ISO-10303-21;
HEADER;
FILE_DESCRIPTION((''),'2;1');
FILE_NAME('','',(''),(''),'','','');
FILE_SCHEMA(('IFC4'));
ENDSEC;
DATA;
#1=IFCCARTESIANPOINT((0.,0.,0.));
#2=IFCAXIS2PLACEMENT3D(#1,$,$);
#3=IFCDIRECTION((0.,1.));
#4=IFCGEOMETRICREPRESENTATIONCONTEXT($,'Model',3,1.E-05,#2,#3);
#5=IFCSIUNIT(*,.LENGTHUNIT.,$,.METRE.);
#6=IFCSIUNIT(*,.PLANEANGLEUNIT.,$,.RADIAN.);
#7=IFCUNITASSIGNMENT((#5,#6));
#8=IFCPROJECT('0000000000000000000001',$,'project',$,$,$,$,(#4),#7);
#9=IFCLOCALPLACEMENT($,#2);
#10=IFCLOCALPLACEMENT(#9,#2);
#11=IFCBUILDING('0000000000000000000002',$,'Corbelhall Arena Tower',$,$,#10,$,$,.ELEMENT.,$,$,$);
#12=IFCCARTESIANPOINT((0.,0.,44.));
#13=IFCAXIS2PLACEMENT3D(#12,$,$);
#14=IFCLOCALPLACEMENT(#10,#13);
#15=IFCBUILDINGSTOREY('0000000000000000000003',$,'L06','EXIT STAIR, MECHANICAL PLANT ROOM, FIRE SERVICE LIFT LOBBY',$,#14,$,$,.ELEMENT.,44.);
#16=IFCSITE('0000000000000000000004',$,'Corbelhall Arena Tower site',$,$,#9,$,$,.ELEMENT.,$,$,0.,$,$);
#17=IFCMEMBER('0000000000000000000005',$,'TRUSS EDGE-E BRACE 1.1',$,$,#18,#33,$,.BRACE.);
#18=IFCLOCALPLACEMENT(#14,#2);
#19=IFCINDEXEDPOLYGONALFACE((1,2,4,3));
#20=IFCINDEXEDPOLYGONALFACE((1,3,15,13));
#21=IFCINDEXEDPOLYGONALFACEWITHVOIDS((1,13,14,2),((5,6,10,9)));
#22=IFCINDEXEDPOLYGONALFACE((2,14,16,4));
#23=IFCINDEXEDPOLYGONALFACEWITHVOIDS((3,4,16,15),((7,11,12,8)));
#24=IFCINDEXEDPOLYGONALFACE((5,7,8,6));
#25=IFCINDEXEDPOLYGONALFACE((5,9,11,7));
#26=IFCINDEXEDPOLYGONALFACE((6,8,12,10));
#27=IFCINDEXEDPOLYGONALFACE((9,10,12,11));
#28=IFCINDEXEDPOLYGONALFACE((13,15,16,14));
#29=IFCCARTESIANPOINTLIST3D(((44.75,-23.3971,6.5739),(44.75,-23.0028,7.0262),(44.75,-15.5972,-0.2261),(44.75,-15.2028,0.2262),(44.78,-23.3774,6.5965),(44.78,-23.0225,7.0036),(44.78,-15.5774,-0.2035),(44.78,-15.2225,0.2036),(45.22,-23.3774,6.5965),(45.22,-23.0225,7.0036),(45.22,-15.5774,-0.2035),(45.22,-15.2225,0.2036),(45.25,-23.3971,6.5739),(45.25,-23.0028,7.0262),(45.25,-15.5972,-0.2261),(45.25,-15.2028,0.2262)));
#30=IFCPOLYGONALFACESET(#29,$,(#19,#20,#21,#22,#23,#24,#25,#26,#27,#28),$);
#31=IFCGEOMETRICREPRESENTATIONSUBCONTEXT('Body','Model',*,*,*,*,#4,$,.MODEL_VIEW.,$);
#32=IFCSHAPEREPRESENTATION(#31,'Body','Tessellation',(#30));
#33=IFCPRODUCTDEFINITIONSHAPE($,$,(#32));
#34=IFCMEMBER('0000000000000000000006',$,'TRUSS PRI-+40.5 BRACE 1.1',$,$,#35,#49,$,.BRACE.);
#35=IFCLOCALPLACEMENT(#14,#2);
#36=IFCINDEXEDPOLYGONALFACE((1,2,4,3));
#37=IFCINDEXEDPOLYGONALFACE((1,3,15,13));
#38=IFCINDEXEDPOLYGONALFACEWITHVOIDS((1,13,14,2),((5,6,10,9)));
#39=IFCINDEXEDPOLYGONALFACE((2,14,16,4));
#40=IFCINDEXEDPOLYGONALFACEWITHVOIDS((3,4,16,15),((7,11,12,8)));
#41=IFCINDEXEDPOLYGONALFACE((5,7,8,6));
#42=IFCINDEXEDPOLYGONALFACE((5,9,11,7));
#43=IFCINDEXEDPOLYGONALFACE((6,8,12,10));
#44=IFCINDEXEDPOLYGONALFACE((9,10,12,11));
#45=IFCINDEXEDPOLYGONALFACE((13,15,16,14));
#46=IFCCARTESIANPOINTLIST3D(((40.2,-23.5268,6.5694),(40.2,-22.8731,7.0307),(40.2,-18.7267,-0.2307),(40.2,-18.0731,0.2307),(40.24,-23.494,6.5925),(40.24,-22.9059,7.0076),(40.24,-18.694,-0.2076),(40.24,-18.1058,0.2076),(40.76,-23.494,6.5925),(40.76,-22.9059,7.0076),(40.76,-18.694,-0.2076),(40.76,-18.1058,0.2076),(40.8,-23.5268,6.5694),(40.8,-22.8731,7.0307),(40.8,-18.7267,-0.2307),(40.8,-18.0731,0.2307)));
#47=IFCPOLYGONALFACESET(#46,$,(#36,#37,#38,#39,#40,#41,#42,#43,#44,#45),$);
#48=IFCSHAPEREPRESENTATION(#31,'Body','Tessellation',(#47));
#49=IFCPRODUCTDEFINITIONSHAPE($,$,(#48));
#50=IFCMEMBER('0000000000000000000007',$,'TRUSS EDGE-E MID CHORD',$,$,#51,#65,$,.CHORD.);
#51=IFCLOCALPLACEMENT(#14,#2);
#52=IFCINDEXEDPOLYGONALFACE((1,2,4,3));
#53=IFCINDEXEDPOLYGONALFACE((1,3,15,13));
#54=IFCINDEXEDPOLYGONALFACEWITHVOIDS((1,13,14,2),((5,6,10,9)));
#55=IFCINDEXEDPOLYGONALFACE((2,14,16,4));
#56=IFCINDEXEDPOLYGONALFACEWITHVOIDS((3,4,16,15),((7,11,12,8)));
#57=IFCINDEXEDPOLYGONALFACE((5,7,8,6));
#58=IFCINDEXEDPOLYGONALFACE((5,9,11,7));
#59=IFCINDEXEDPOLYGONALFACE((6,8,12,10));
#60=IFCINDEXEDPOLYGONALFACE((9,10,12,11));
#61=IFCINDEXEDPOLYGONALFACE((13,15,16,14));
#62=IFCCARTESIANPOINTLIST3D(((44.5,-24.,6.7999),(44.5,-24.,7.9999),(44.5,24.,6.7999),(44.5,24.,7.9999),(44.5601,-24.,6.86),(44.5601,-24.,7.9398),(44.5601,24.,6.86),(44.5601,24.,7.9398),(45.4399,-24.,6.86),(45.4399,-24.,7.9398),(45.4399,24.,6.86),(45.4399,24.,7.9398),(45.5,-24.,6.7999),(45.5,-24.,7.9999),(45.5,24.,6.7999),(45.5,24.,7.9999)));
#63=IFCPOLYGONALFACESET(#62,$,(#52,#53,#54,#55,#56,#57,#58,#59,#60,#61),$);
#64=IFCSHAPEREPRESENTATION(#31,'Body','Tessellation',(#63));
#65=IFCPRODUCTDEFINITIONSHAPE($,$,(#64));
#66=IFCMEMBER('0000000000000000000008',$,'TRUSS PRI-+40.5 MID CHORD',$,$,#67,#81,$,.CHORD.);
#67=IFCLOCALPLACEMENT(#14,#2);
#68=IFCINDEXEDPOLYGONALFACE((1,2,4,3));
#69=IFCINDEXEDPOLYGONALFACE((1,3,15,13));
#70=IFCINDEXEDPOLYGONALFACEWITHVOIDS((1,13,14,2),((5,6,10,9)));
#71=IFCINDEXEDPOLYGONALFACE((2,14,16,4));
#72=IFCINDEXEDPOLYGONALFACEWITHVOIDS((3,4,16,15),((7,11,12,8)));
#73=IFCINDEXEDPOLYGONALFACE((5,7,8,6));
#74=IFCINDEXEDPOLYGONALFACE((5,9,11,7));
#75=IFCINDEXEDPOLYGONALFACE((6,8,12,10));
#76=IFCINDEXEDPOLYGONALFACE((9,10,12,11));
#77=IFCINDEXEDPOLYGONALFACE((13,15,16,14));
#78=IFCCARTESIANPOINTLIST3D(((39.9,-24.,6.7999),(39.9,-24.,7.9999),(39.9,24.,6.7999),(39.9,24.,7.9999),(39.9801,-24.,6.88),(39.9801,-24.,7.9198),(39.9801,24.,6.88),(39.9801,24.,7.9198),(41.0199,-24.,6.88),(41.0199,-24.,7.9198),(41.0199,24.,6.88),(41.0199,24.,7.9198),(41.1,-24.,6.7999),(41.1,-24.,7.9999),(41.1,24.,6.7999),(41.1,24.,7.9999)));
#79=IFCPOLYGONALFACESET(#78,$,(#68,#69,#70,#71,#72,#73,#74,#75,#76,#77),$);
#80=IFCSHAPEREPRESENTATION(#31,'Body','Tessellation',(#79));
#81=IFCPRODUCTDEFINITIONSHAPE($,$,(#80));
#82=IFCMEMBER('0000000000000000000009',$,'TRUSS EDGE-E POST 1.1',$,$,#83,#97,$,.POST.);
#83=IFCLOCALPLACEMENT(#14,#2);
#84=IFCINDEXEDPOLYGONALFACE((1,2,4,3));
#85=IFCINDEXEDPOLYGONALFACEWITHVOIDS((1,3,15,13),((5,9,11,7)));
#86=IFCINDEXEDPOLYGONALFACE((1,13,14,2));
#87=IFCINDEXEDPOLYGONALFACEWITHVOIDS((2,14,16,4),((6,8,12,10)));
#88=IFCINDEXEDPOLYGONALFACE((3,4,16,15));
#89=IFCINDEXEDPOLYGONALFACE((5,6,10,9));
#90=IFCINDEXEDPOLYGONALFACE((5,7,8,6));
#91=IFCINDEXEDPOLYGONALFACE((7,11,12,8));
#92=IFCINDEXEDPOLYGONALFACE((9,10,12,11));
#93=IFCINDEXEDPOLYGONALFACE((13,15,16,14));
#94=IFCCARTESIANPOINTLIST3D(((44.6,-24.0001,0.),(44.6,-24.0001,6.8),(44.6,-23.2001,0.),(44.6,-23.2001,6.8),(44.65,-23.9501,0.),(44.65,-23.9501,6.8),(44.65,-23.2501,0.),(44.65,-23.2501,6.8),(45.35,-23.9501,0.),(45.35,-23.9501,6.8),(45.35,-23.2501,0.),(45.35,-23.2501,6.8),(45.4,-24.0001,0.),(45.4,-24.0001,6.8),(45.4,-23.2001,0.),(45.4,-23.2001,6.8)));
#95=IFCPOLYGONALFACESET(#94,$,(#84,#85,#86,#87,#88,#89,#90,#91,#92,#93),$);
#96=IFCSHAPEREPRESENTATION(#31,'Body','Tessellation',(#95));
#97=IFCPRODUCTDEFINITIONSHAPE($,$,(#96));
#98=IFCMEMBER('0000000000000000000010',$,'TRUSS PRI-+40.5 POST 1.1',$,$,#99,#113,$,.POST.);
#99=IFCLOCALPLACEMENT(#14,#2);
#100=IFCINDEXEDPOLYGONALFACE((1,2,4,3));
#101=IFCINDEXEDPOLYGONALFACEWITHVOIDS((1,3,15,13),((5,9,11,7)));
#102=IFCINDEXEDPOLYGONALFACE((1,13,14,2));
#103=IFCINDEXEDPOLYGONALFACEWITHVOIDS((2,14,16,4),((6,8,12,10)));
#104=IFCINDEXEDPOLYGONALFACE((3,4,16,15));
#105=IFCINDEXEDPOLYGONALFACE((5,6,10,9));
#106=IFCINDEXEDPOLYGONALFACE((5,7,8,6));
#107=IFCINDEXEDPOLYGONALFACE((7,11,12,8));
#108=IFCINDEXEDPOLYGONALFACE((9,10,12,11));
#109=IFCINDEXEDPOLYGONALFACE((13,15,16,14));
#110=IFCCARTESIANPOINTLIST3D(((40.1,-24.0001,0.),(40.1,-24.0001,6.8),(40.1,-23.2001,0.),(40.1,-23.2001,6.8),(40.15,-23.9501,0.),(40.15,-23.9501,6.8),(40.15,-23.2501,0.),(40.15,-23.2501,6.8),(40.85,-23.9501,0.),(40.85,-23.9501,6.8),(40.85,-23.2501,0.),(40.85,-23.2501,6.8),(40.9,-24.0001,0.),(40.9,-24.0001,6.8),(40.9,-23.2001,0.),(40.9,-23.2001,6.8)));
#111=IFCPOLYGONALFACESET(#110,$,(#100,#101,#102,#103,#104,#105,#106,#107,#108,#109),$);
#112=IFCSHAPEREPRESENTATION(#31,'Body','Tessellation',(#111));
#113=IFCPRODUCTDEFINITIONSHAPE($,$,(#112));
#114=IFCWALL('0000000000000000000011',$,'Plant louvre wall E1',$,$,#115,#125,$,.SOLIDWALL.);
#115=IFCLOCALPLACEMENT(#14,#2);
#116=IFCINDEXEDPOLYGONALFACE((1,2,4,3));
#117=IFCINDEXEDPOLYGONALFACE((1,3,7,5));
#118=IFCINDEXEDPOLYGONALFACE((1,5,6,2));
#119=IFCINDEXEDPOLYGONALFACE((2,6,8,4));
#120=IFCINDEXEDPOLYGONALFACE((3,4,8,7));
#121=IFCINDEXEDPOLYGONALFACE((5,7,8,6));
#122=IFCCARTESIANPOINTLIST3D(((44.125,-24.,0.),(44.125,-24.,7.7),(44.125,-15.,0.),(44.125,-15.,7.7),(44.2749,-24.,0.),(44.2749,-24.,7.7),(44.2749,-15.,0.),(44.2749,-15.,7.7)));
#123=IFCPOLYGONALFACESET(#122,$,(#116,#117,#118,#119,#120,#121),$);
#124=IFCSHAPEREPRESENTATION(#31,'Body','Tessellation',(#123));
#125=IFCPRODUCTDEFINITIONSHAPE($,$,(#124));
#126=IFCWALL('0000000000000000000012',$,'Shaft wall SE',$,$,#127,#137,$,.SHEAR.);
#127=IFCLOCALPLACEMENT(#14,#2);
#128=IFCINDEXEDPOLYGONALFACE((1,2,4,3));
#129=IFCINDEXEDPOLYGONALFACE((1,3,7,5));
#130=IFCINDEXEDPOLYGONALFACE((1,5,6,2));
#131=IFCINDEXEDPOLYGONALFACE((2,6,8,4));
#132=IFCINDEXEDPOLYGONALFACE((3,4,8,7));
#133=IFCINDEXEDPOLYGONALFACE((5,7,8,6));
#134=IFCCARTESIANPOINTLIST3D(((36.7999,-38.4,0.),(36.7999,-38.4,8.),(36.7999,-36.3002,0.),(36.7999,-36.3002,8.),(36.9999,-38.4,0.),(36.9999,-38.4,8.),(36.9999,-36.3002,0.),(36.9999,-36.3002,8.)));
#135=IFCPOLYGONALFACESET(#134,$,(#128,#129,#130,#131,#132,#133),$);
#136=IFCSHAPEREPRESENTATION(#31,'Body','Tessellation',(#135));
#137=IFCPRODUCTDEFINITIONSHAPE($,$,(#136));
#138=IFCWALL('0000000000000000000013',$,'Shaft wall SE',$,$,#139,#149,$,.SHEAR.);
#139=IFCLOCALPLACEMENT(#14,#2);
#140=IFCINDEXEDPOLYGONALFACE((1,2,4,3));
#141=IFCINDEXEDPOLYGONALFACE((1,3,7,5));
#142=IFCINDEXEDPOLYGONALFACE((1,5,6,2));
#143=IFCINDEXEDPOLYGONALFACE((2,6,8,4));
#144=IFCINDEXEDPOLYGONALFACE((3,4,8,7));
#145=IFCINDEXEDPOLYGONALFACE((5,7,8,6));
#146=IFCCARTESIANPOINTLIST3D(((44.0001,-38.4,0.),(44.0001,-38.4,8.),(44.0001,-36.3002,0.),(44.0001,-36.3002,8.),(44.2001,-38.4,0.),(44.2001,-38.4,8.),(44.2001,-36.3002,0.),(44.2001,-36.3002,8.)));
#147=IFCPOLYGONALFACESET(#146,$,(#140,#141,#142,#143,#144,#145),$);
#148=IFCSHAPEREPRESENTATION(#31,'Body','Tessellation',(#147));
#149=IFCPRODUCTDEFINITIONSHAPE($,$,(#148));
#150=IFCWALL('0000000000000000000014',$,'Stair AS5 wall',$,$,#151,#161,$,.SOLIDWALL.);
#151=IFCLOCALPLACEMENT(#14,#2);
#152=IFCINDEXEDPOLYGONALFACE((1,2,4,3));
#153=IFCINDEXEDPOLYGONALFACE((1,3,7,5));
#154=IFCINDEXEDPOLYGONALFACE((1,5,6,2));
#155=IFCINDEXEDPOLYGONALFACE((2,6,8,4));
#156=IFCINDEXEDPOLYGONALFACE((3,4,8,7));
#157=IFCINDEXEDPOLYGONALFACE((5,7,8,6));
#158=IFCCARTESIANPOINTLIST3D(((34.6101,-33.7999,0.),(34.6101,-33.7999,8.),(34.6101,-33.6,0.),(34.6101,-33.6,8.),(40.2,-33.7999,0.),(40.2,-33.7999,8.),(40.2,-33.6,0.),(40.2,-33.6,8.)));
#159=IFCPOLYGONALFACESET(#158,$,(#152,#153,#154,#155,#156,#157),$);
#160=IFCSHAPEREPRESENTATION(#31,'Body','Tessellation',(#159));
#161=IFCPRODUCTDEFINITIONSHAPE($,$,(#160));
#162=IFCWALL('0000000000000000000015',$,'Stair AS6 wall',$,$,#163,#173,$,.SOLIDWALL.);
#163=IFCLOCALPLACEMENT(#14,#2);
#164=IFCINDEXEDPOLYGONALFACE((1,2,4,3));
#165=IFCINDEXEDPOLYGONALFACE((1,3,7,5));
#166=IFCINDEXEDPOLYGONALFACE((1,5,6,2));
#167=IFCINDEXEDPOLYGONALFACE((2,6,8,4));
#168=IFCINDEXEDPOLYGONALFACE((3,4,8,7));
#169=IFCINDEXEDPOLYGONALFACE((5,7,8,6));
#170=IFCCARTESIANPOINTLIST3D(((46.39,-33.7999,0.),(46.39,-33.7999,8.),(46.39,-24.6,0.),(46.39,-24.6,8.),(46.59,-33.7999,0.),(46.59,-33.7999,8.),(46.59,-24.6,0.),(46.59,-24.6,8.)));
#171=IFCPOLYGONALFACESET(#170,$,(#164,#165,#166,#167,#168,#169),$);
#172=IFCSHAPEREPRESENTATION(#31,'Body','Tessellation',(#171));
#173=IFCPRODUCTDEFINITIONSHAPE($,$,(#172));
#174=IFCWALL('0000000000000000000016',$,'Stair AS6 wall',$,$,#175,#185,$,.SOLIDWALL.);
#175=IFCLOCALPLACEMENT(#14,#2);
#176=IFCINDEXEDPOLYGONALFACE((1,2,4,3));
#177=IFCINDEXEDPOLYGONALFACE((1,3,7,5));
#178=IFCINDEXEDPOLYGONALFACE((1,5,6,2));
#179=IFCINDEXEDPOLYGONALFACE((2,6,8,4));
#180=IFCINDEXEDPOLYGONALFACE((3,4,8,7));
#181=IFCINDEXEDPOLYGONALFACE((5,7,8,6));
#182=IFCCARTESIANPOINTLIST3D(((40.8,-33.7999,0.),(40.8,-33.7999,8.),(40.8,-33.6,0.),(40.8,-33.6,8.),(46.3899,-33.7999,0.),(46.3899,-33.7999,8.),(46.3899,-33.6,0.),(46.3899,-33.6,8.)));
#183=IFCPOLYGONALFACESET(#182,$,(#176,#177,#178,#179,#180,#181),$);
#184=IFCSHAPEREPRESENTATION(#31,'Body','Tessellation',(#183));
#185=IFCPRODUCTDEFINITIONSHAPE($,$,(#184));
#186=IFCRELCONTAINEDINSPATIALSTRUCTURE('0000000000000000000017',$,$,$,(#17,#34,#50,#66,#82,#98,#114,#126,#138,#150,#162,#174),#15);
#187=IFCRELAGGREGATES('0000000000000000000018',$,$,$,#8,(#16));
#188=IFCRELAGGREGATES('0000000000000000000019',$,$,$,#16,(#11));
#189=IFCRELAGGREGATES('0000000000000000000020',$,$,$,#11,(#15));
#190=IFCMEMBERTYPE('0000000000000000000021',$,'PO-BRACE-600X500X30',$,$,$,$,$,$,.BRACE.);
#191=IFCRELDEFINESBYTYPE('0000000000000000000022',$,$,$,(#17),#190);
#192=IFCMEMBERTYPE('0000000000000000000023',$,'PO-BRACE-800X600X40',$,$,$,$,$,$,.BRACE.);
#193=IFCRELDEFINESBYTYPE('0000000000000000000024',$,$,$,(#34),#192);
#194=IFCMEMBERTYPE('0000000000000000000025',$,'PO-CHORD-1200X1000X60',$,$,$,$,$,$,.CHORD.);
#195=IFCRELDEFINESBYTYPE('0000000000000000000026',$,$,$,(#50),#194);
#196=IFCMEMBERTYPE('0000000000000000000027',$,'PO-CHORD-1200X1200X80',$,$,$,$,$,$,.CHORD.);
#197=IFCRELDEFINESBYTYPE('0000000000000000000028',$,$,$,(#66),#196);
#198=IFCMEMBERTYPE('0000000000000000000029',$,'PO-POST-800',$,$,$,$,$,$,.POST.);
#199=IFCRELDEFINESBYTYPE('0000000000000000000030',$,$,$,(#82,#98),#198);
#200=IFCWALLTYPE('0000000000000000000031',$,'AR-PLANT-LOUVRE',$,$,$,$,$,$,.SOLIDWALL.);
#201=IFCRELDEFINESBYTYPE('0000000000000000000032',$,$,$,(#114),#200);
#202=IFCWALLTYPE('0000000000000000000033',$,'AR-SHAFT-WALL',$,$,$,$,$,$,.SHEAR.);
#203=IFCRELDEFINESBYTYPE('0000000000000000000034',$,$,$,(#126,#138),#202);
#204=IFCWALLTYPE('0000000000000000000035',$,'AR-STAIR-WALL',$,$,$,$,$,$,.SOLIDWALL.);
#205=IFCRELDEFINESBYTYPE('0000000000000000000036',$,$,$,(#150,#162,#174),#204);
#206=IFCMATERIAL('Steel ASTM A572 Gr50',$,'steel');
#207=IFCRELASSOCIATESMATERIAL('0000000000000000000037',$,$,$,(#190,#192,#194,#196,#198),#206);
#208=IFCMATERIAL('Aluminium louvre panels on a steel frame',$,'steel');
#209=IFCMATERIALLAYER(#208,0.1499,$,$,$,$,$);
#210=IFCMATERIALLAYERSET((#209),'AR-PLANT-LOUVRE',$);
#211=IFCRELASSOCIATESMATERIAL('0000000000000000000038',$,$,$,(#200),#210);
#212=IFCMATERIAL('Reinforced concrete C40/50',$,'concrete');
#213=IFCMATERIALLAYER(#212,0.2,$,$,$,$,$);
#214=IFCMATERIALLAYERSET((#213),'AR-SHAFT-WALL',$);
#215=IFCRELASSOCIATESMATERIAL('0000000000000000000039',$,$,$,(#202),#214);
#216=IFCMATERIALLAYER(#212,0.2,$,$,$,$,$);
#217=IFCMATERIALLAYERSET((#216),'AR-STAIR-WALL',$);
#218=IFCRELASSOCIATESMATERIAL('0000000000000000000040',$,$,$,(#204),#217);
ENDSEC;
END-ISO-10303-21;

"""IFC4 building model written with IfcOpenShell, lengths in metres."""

from ifc_helpers import new_model, si_unit, direction, frame, frame_2d, origin, origin_2d, place, context, subcontext, project, spatial, rectangle, hollow_rectangle, extrude, material, layer, layer_set, material_profile, profile_set, type_object, element, save


model = new_model("IFC4")

# Units and contexts
model_context = context("Model", 3, precision=1e-05, world=origin(), true_north=direction((0.0, 1.0)))
body_context = subcontext(model_context, "Body", "Model", "MODEL_VIEW")
ifc_project = project(units=[si_unit("LENGTHUNIT", "METRE"), si_unit("PLANEANGLEUNIT", "RADIAN")], contexts=[model_context])

# Site, building, storey
site_placement = place(None, origin())
site = spatial("IfcSite", under=ifc_project, at=site_placement, Name="Corbelhall Arena Tower site", CompositionType="ELEMENT", RefElevation=0.0)
building_placement = place(site_placement, origin())
building = spatial("IfcBuilding", under=site, at=building_placement, Name="Corbelhall Arena Tower", CompositionType="ELEMENT")
storey_placement = place(building_placement, frame((0.0, 0.0, 44.0)))
storey = spatial("IfcBuildingStorey", under=building, at=storey_placement, Name="L06", Description="EXIT STAIR, MECHANICAL PLANT ROOM, FIRE SERVICE LIFT LOBBY", CompositionType="ELEMENT", Elevation=44.0)

# Members
ifc_material_1 = material(Name="Steel ASTM A572 Gr50", Category="steel")
ifc_material_profile_1 = material_profile(ifc_material_1, hollow_rectangle(XDim=0.5, YDim=0.6001, WallThickness=0.03, at=origin_2d()))
ifc_profile_set_1 = profile_set([ifc_material_profile_1], Name="Steel ASTM A572 Gr50")
member_type_1 = type_object("IfcMemberType", Name="PO-BRACE-600X500X30", PredefinedType="BRACE", material=ifc_profile_set_1)
member_1_placement = place(storey_placement, frame((45.0, -23.2, 6.8), z_axis=(0.0, 0.753772, -0.657136), x_axis=(-1.0, 0.0, 0.0)))
element("IfcMember", 1, at=member_1_placement, inside=storey, type_object=member_type_1, Name="TRUSS EDGE-E BRACE 1.1", PredefinedType="BRACE", context=body_context, shape_type="SweptSolid", body=[
    extrude(hollow_rectangle(XDim=0.5, YDim=0.6001, WallThickness=0.03, at=origin_2d()), origin(), (0.0, 0.0, 1.0), 10.3479),
])
ifc_material_profile_2 = material_profile(ifc_material_1, hollow_rectangle(XDim=0.6001, YDim=0.8, WallThickness=0.04, at=origin_2d()))
ifc_profile_set_2 = profile_set([ifc_material_profile_2], Name="Steel ASTM A572 Gr50")
member_type_2 = type_object("IfcMemberType", Name="PO-BRACE-800X600X40", PredefinedType="BRACE", material=ifc_profile_set_2)
member_2_placement = place(storey_placement, frame((40.5, -23.2, 6.8), z_axis=(0.0, 0.576684, -0.816967), x_axis=(-1.0, 0.0, 0.0)))
element("IfcMember", 2, at=member_2_placement, inside=storey, type_object=member_type_2, Name="TRUSS PRI-+40.5 BRACE 1.1", PredefinedType="BRACE", context=body_context, shape_type="SweptSolid", body=[
    extrude(hollow_rectangle(XDim=0.6001, YDim=0.8, WallThickness=0.04, at=origin_2d()), origin(), (0.0, 0.0, 1.0), 8.3235),
])
ifc_material_profile_3 = material_profile(ifc_material_1, hollow_rectangle(XDim=1.0, YDim=1.2, WallThickness=0.0601, at=origin_2d()))
ifc_profile_set_3 = profile_set([ifc_material_profile_3], Name="Steel ASTM A572 Gr50")
member_type_3 = type_object("IfcMemberType", Name="PO-CHORD-1200X1000X60", PredefinedType="CHORD", material=ifc_profile_set_3)
member_3_placement = place(storey_placement, frame((45.0, -24.0, 7.3999), z_axis=(0.0, 1.0, 0.0), x_axis=(-1.0, 0.0, 0.0)))
element("IfcMember", 3, at=member_3_placement, inside=storey, type_object=member_type_3, Name="TRUSS EDGE-E MID CHORD", PredefinedType="CHORD", context=body_context, shape_type="SweptSolid", body=[
    extrude(hollow_rectangle(XDim=1.0, YDim=1.2, WallThickness=0.0601, at=origin_2d()), origin(), (0.0, 0.0, 1.0), 48.0),
])
ifc_material_profile_4 = material_profile(ifc_material_1, hollow_rectangle(XDim=1.2, YDim=1.2, WallThickness=0.0801, at=origin_2d()))
ifc_profile_set_4 = profile_set([ifc_material_profile_4], Name="Steel ASTM A572 Gr50")
member_type_4 = type_object("IfcMemberType", Name="PO-CHORD-1200X1200X80", PredefinedType="CHORD", material=ifc_profile_set_4)
member_4_placement = place(storey_placement, frame((40.5, -24.0, 7.3999), z_axis=(0.0, 1.0, 0.0), x_axis=(-1.0, 0.0, 0.0)))
element("IfcMember", 4, at=member_4_placement, inside=storey, type_object=member_type_4, Name="TRUSS PRI-+40.5 MID CHORD", PredefinedType="CHORD", context=body_context, shape_type="SweptSolid", body=[
    extrude(hollow_rectangle(XDim=1.2, YDim=1.2, WallThickness=0.0801, at=origin_2d()), origin(), (0.0, 0.0, 1.0), 48.0),
])
ifc_material_profile_5 = material_profile(ifc_material_1, hollow_rectangle(XDim=0.8, YDim=0.8, WallThickness=0.05, at=origin_2d()))
ifc_profile_set_5 = profile_set([ifc_material_profile_5], Name="Steel ASTM A572 Gr50")
member_type_5 = type_object("IfcMemberType", Name="PO-POST-800", PredefinedType="POST", material=ifc_profile_set_5)
for number, where, z_axis, x_axis, name in (
    (5, (45.0, -23.6001, 0.0), (0.0, 0.0, 1.0), (1.0, 0.0, 0.0), "TRUSS EDGE-E POST 1.1"),
    (6, (40.5, -23.6001, 0.0), (0.0, 0.0, 1.0), (1.0, 0.0, 0.0), "TRUSS PRI-+40.5 POST 1.1"),
):
    element("IfcMember", number, at=place(storey_placement, frame(where, z_axis=z_axis, x_axis=x_axis)), inside=storey, type_object=member_type_5, Name=name, PredefinedType="POST", context=body_context, shape_type="SweptSolid", body=[
        extrude(hollow_rectangle(XDim=0.8, YDim=0.8, WallThickness=0.05, at=origin_2d()), origin(), (0.0, 0.0, 1.0), 6.8),
    ])

# Wall
ifc_material_2 = material(Name="Aluminium louvre panels on a steel frame", Category="steel")
ifc_layer_1 = layer(ifc_material_2, 0.1499)
ifc_layer_set_1 = layer_set([ifc_layer_1], Name="AR-PLANT-LOUVRE")
wall_type_1 = type_object("IfcWallType", Name="AR-PLANT-LOUVRE", PredefinedType="SOLIDWALL", material=ifc_layer_set_1)
wall_1_placement = place(storey_placement, frame((44.2, -24.0, 0.0), z_axis=(0.0, 0.0, 1.0), x_axis=(0.0, 1.0, 0.0)))
element("IfcWall", 7, at=wall_1_placement, inside=storey, type_object=wall_type_1, Name="Plant louvre wall E1", PredefinedType="SOLIDWALL", context=body_context, shape_type="SweptSolid", body=[
    extrude(rectangle(XDim=9.0, YDim=0.1499, at=frame_2d((4.5, 0.0))), origin(), (0.0, 0.0, 1.0), 7.7),
])

# Shared definitions
ifc_material_3 = material(Name="Reinforced concrete C40/50", Category="concrete")
ifc_layer_2 = layer(ifc_material_3, 0.2)
ifc_layer_set_2 = layer_set([ifc_layer_2], Name="AR-SHAFT-WALL")
wall_type_2 = type_object("IfcWallType", Name="AR-SHAFT-WALL", PredefinedType="SHEAR", material=ifc_layer_set_2)

# Walls
for number, where, z_axis, x_axis, name in (
    (8, (36.8999, -38.3999, 0.0), (0.0, 0.0, 1.0), (0.0, 1.0, 0.0), "Shaft wall SE"),
    (9, (44.1001, -38.3999, 0.0), (0.0, 0.0, 1.0), (0.0, 1.0, 0.0), "Shaft wall SE"),
):
    element("IfcWall", number, at=place(storey_placement, frame(where, z_axis=z_axis, x_axis=x_axis)), inside=storey, type_object=wall_type_2, Name=name, PredefinedType="SHEAR", context=body_context, shape_type="SweptSolid", body=[
        extrude(rectangle(XDim=2.0999, YDim=0.2, at=frame_2d((1.0498, 0.0))), origin(), (0.0, 0.0, 1.0), 8.0),
    ])

# Shared definitions
ifc_layer_3 = layer(ifc_material_3, 0.2)
ifc_layer_set_3 = layer_set([ifc_layer_3], Name="AR-STAIR-WALL")
wall_type_3 = type_object("IfcWallType", Name="AR-STAIR-WALL", PredefinedType="SOLIDWALL", material=ifc_layer_set_3)

# Walls
wall_2_placement = place(storey_placement, frame((34.6101, -33.7, 0.0), z_axis=(0.0, 0.0, 1.0), x_axis=(1.0, 0.0, 0.0)))
element("IfcWall", 10, at=wall_2_placement, inside=storey, type_object=wall_type_3, Name="Stair AS5 wall", PredefinedType="SOLIDWALL", context=body_context, shape_type="SweptSolid", body=[
    extrude(rectangle(XDim=5.5898, YDim=0.2, at=frame_2d((2.7949, 0.0))), origin(), (0.0, 0.0, 1.0), 8.0),
])
wall_3_placement = place(storey_placement, frame((46.49, -33.8, 0.0), z_axis=(0.0, 0.0, 1.0), x_axis=(0.0, 1.0, 0.0)))
element("IfcWall", 11, at=wall_3_placement, inside=storey, type_object=wall_type_3, Name="Stair AS6 wall", PredefinedType="SOLIDWALL", context=body_context, shape_type="SweptSolid", body=[
    extrude(rectangle(XDim=9.2, YDim=0.2, at=frame_2d((4.6001, 0.0))), origin(), (0.0, 0.0, 1.0), 8.0),
])
wall_4_placement = place(storey_placement, frame((40.8, -33.7, 0.0), z_axis=(0.0, 0.0, 1.0), x_axis=(1.0, 0.0, 0.0)))
element("IfcWall", 12, at=wall_4_placement, inside=storey, type_object=wall_type_3, Name="Stair AS6 wall", PredefinedType="SOLIDWALL", context=body_context, shape_type="SweptSolid", body=[
    extrude(rectangle(XDim=5.5898, YDim=0.2, at=frame_2d((2.7949, 0.0))), origin(), (0.0, 0.0, 1.0), 8.0),
])

save(model, "model.ifc")
